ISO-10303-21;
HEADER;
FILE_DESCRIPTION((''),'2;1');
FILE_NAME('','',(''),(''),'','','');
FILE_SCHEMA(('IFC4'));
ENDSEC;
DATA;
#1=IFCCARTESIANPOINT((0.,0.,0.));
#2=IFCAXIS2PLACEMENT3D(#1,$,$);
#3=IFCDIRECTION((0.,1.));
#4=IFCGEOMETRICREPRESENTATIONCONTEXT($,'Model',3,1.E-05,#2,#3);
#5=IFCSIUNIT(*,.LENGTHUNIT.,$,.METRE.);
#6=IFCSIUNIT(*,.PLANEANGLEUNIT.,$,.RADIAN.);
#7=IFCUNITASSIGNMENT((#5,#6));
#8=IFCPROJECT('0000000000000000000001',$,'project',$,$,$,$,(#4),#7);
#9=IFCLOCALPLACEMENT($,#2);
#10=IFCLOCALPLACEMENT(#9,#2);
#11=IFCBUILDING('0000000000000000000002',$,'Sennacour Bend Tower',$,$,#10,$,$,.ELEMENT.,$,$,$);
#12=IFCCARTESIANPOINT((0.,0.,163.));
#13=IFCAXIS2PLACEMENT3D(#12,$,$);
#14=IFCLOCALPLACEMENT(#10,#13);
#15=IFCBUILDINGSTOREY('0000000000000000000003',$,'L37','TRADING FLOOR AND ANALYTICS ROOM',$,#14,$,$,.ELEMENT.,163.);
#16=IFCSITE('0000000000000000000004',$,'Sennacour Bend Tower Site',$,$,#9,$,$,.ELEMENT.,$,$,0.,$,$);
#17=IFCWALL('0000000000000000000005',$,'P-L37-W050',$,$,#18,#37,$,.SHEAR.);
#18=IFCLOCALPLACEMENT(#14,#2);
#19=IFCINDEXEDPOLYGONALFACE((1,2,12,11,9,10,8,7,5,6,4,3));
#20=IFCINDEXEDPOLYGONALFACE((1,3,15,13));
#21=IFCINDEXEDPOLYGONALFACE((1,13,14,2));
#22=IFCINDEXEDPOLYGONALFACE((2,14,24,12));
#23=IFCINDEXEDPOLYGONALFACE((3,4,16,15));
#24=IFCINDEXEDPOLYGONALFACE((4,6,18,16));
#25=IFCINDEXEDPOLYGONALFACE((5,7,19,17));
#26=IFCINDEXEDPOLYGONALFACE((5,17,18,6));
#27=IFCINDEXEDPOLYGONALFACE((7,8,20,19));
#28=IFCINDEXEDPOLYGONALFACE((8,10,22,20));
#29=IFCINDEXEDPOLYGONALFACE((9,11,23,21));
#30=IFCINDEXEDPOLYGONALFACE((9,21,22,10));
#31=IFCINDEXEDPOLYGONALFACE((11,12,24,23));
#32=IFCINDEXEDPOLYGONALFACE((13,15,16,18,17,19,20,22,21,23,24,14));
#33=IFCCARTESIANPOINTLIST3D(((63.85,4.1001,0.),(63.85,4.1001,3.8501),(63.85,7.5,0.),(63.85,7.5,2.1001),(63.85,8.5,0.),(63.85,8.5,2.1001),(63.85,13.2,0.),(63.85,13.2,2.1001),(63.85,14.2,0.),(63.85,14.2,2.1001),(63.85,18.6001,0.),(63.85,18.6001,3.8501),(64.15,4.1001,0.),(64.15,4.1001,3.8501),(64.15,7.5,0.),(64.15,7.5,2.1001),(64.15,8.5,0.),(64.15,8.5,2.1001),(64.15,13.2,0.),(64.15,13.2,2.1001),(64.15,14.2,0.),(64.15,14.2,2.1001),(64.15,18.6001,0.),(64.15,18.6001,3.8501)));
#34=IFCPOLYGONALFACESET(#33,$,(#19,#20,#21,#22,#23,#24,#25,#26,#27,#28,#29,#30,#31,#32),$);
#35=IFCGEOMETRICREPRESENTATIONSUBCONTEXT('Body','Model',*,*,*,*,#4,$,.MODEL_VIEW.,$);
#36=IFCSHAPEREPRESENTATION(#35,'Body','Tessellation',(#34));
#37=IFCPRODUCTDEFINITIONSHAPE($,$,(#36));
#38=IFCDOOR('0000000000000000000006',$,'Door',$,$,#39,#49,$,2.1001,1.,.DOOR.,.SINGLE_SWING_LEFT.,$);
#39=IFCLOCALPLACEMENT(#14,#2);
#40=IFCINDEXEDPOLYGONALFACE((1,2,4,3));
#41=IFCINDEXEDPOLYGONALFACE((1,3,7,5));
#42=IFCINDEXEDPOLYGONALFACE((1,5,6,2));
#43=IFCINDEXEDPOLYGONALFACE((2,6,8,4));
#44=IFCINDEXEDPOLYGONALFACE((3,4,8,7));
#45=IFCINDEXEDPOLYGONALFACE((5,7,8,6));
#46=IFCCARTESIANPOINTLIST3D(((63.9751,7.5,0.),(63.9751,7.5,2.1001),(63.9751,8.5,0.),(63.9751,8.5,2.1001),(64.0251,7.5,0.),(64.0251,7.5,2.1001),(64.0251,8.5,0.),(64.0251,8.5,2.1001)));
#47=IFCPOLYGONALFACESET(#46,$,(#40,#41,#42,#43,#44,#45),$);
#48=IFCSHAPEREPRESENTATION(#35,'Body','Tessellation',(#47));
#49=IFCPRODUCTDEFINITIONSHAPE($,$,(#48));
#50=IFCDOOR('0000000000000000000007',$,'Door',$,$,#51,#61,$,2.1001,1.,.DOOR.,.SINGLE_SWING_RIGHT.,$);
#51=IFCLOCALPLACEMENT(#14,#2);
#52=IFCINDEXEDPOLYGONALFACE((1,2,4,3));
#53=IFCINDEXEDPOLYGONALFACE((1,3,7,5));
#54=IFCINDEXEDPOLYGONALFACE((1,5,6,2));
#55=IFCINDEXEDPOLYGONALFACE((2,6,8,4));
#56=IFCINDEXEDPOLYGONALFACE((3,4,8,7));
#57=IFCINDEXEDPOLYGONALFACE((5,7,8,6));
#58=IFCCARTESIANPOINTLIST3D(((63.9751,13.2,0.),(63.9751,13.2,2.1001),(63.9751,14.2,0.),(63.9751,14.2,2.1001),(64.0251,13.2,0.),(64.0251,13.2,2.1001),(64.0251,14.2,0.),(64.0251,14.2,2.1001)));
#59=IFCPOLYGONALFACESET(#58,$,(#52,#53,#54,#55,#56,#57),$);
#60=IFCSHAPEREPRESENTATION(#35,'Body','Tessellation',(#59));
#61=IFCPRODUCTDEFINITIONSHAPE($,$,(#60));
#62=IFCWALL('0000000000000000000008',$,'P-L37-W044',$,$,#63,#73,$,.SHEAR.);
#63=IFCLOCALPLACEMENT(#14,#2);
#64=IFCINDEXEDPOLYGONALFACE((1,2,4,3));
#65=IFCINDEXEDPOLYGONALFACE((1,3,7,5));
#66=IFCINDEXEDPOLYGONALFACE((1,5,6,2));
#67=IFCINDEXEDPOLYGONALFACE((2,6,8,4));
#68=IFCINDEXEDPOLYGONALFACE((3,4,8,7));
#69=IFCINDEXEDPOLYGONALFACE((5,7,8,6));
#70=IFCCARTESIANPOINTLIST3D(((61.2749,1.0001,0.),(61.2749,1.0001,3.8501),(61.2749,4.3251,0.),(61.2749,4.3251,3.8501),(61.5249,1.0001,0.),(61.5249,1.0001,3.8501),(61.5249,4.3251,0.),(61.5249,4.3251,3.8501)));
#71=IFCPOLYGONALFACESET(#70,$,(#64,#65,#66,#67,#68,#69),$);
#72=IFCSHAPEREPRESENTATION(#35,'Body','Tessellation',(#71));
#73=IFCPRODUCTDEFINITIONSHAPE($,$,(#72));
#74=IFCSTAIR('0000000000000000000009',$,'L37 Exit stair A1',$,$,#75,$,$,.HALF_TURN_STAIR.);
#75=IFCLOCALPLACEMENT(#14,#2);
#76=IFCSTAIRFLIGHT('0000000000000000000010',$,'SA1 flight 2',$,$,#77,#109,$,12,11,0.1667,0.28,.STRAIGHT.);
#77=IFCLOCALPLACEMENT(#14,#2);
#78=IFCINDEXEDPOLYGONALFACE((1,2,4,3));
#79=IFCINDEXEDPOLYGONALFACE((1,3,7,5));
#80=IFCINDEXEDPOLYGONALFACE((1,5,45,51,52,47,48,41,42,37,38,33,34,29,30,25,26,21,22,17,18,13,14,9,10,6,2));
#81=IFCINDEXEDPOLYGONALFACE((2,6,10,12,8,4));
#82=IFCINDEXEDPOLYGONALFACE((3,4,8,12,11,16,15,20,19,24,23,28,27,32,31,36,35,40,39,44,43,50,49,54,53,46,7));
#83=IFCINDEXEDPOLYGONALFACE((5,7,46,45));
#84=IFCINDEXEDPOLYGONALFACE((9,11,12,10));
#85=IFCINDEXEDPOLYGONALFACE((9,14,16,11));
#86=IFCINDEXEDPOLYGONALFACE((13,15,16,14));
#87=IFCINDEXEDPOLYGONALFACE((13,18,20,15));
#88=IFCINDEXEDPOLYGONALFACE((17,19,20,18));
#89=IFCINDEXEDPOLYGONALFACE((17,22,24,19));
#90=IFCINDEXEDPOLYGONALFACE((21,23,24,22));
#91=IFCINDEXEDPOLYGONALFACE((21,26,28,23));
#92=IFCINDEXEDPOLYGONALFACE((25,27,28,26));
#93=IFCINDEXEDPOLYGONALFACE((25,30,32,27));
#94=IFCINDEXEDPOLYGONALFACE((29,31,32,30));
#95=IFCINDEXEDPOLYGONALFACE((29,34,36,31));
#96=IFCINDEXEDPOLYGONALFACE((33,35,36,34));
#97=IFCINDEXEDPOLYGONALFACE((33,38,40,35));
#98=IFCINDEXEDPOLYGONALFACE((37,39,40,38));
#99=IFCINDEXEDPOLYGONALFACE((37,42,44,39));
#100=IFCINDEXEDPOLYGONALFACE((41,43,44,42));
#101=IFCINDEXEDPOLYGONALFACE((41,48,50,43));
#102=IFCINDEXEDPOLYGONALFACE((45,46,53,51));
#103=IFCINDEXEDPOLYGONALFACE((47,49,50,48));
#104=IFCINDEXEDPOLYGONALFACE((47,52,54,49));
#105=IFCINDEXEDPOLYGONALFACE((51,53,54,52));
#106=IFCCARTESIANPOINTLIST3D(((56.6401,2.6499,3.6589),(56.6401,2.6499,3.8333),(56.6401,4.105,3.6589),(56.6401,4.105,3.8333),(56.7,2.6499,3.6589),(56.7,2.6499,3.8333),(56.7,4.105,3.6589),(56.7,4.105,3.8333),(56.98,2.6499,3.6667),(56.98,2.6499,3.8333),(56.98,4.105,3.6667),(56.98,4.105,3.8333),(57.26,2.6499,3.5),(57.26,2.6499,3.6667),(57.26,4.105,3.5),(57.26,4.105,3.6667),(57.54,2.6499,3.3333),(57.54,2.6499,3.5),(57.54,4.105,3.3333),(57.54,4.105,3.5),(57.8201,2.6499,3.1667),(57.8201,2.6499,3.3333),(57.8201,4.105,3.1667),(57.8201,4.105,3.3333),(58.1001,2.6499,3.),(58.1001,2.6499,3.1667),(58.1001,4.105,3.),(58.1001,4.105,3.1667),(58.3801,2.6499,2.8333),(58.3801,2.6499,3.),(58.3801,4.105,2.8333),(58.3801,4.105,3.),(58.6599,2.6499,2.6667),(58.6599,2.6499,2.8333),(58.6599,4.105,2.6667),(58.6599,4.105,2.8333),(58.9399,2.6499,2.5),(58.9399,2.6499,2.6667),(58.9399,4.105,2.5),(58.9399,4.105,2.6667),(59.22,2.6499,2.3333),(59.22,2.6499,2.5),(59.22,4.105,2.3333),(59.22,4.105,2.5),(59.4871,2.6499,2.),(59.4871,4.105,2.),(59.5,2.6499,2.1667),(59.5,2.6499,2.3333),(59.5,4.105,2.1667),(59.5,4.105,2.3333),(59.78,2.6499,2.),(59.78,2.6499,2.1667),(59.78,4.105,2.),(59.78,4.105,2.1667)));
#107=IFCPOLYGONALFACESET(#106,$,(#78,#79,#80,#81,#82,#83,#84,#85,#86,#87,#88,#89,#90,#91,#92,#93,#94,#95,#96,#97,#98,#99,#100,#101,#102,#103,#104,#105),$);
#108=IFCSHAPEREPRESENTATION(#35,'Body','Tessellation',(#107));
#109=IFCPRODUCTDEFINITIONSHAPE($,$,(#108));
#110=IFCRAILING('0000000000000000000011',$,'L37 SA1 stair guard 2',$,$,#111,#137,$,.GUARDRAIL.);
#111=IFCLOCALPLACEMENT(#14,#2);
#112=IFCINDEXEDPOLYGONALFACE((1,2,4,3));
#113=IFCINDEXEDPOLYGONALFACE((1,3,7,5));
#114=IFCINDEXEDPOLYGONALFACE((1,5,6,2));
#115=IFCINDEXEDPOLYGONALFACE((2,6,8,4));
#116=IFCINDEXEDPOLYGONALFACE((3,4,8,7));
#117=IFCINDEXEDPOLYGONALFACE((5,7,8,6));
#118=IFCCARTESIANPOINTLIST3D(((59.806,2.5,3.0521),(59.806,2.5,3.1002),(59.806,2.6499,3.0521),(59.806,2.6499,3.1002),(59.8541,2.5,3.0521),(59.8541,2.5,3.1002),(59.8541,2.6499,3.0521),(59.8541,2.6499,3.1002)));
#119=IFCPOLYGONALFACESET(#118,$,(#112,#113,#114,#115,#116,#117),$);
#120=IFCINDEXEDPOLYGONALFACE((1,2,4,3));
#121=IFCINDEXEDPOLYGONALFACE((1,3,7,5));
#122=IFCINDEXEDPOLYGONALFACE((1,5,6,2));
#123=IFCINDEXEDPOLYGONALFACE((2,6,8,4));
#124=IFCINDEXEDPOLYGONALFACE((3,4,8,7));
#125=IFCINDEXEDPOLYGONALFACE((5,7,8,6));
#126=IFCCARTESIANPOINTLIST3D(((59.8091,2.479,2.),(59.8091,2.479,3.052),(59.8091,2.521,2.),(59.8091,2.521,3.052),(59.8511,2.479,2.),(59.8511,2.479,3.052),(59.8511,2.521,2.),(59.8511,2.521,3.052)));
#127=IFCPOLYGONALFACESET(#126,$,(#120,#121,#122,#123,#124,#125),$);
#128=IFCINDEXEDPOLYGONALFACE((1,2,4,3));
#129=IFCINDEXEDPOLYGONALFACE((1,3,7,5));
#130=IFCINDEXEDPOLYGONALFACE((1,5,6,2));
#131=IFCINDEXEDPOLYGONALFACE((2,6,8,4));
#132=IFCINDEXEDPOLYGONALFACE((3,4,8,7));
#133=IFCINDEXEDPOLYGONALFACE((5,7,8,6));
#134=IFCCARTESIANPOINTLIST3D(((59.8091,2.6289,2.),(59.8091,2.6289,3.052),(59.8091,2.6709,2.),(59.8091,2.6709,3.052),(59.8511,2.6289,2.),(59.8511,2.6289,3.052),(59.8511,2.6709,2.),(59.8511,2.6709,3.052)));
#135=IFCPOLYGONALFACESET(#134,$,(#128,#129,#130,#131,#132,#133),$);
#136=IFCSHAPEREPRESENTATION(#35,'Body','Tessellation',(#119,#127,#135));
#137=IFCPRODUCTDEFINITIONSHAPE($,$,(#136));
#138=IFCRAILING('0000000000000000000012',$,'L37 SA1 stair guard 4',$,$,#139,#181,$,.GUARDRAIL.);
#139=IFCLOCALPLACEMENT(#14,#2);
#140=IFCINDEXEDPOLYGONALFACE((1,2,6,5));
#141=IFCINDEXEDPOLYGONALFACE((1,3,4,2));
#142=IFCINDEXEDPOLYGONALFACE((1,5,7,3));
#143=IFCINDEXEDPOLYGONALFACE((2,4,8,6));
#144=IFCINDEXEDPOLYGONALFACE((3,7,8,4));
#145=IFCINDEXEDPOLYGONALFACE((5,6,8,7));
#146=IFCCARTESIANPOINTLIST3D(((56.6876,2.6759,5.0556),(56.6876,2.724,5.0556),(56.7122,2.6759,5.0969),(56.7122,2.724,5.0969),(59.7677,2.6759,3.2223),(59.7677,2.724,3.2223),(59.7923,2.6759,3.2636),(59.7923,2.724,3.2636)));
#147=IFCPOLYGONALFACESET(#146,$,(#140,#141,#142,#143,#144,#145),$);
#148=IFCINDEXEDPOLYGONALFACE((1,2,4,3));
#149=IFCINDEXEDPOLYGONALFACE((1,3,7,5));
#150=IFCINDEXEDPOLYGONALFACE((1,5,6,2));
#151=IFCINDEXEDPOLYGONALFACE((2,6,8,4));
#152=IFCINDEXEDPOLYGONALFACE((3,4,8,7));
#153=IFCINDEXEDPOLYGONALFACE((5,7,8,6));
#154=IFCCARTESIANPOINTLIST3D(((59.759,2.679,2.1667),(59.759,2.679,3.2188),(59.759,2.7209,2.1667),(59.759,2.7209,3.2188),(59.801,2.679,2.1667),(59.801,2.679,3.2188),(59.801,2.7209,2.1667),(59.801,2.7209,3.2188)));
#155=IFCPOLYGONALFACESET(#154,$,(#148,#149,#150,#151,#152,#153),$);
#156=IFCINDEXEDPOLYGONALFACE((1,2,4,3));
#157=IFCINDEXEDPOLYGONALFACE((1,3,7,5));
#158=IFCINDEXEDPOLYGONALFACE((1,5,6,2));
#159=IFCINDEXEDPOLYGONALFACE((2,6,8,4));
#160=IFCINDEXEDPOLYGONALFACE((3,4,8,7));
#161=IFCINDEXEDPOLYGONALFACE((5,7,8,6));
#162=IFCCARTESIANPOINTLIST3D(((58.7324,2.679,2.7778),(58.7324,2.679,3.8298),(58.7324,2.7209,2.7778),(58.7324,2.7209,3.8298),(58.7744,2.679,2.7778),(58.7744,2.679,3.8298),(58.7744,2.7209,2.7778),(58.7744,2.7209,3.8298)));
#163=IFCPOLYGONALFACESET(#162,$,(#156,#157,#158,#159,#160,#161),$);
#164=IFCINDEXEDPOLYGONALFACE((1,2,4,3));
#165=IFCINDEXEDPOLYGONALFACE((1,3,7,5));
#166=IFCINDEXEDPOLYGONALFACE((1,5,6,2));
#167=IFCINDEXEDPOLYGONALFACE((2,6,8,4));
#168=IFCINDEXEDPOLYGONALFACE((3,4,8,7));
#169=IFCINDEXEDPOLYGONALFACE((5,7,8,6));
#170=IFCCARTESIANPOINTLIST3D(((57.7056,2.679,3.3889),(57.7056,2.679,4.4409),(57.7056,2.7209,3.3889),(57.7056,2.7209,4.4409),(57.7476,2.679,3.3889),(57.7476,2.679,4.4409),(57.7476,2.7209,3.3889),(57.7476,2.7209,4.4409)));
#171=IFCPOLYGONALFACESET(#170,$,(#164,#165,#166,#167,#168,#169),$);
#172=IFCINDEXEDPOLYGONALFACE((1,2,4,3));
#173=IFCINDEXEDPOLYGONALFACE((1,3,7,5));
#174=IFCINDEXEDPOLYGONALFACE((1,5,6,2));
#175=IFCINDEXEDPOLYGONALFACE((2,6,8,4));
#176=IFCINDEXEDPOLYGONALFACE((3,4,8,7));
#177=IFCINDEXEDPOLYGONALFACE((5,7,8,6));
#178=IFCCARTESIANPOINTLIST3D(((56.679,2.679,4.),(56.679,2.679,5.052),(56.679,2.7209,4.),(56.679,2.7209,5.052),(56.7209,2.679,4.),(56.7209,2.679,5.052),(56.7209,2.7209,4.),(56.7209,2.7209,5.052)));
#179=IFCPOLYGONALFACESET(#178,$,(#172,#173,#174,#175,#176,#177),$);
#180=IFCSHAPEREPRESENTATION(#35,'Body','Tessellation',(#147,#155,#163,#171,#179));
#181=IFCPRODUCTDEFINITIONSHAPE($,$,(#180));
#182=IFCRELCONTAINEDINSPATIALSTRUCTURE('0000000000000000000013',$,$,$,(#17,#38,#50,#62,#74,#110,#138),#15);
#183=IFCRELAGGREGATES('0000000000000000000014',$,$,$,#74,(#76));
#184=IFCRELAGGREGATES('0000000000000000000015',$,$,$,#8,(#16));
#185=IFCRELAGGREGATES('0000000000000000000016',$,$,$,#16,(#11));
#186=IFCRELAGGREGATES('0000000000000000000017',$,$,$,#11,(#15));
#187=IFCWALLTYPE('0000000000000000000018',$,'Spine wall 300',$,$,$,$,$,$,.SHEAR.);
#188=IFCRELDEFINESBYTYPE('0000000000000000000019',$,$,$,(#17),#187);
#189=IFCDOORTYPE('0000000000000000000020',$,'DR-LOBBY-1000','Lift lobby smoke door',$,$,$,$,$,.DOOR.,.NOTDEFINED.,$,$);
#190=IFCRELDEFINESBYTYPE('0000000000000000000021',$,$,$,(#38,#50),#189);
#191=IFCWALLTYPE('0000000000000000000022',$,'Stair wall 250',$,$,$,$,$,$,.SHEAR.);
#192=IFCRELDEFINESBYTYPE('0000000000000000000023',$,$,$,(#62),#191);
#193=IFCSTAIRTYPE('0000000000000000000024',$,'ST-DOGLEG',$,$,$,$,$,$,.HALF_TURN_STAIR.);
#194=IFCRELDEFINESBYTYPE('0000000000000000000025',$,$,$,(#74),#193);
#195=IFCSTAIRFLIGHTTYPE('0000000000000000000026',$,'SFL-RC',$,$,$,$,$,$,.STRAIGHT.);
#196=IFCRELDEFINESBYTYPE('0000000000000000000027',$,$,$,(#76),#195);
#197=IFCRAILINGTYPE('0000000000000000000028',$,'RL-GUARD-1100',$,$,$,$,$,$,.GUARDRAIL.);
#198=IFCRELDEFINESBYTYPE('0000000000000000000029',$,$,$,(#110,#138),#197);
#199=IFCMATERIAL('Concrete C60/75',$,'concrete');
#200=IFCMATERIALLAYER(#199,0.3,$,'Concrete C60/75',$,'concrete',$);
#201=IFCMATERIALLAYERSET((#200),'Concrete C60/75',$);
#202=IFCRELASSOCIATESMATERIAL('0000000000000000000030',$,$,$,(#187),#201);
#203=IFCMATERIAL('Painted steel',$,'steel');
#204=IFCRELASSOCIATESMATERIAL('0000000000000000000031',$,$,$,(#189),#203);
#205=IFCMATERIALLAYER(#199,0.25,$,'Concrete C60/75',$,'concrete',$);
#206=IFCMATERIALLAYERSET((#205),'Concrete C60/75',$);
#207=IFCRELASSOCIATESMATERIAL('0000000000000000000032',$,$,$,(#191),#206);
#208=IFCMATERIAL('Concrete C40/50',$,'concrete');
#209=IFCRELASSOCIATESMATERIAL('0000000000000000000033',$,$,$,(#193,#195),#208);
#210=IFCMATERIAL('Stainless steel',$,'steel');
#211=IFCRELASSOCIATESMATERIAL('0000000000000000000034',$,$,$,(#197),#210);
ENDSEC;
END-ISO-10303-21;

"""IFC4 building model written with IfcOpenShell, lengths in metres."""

from ifc_helpers import new_model, si_unit, direction, frame, frame_2d, origin, origin_2d, place, context, subcontext, project, spatial, polyline, rectangle, outline, extrude, material, layer, layer_set, type_object, element, fill, aggregate, save


model = new_model("IFC4")

# Units and contexts
model_context = context("Model", 3, precision=1e-05, world=origin(), true_north=direction((0.0, 1.0)))
body_context = subcontext(model_context, "Body", "Model", "MODEL_VIEW")
ifc_project = project(units=[si_unit("LENGTHUNIT", "METRE"), si_unit("PLANEANGLEUNIT", "RADIAN")], contexts=[model_context])

# Site, building, storey
site_placement = place(None, origin())
site = spatial("IfcSite", under=ifc_project, at=site_placement, Name="Sennacour Bend Tower Site", CompositionType="ELEMENT", RefElevation=0.0)
building_placement = place(site_placement, origin())
building = spatial("IfcBuilding", under=site, at=building_placement, Name="Sennacour Bend Tower", CompositionType="ELEMENT")
storey_placement = place(building_placement, frame((0.0, 0.0, 163.0)))
storey = spatial("IfcBuildingStorey", under=building, at=storey_placement, Name="L37", Description="TRADING FLOOR AND ANALYTICS ROOM", CompositionType="ELEMENT", Elevation=163.0)

# Shared definitions
ifc_material_1 = material(Name="Concrete C60/75", Category="concrete")

# Shared definitions
ifc_material_2 = material(Name="Painted steel", Category="steel")

# Shared definitions
ifc_material_3 = material(Name="Stainless steel", Category="steel")

# Wall, openings, doors
ifc_layer_1 = layer(ifc_material_1, 0.3, Name="Concrete C60/75", Category="concrete")
ifc_layer_set_1 = layer_set([ifc_layer_1], Name="Concrete C60/75")
wall_type_1 = type_object("IfcWallType", Name="Spine wall 300", PredefinedType="SHEAR", material=ifc_layer_set_1)
wall_1_placement = place(storey_placement, frame((64.0, 4.1001, 0.0), z_axis=(0.0, 0.0, 1.0), x_axis=(0.0, 1.0, 0.0)))
wall_1 = element("IfcWall", 1, at=wall_1_placement, inside=storey, type_object=wall_type_1, Name="P-L37-W050", PredefinedType="SHEAR", context=body_context, shape_type="SweptSolid", body=[
    extrude(rectangle(XDim=14.5, YDim=0.3, at=frame_2d((7.25, 0.0))), origin(), (0.0, 0.0, 1.0), 3.8501),
])
opening_1_placement = place(wall_1_placement, frame((3.3999, 0.0, 0.0)))
opening_1 = element("IfcOpeningElement", 2, at=opening_1_placement, cuts=wall_1, PredefinedType="OPENING", context=body_context, shape_type="SweptSolid", body=[
    extrude(rectangle(XDim=1.0, YDim=2.1001, at=frame_2d((0.5, 1.05))), frame((0.0, 0.1602, 0.0), z_axis=(0.0, -1.0, 0.0), x_axis=(1.0, 0.0, 0.0)), (0.0, 0.0, 1.0), 0.3201),
])
opening_2_placement = place(wall_1_placement, frame((9.0999, 0.0, 0.0)))
opening_2 = element("IfcOpeningElement", 3, at=opening_2_placement, cuts=wall_1, PredefinedType="OPENING", context=body_context, shape_type="SweptSolid", body=[
    extrude(rectangle(XDim=1.0, YDim=2.1001, at=frame_2d((0.5, 1.05))), frame((0.0, 0.1602, 0.0), z_axis=(0.0, -1.0, 0.0), x_axis=(1.0, 0.0, 0.0)), (0.0, 0.0, 1.0), 0.3201),
])
door_type_1 = type_object("IfcDoorType", Name="DR-LOBBY-1000", Description="Lift lobby smoke door", OperationType="NOTDEFINED", PredefinedType="DOOR", material=ifc_material_2)
door_1_placement = place(opening_1_placement, origin())
door_1 = element("IfcDoor", 4, at=door_1_placement, inside=storey, type_object=door_type_1, Name="Door", OperationType="SINGLE_SWING_LEFT", OverallHeight=2.1001, OverallWidth=1.0, PredefinedType="DOOR", context=body_context, shape_type="SweptSolid", body=[
    extrude(rectangle(XDim=1.0, YDim=2.1001, at=frame_2d((0.5, 1.05))), frame((0.0, 0.0249, 0.0), z_axis=(0.0, -1.0, 0.0), x_axis=(1.0, 0.0, 0.0)), (0.0, 0.0, 1.0), 0.05),
])
fill(opening_1, door_1)
door_2_placement = place(opening_2_placement, origin())
door_2 = element("IfcDoor", 5, at=door_2_placement, inside=storey, type_object=door_type_1, Name="Door", OperationType="SINGLE_SWING_RIGHT", OverallHeight=2.1001, OverallWidth=1.0, PredefinedType="DOOR", context=body_context, shape_type="SweptSolid", body=[
    extrude(rectangle(XDim=1.0, YDim=2.1001, at=frame_2d((0.5, 1.05))), frame((0.0, 0.0249, 0.0), z_axis=(0.0, -1.0, 0.0), x_axis=(1.0, 0.0, 0.0)), (0.0, 0.0, 1.0), 0.05),
])
fill(opening_2, door_2)

# Wall
ifc_layer_2 = layer(ifc_material_1, 0.25, Name="Concrete C60/75", Category="concrete")
ifc_layer_set_2 = layer_set([ifc_layer_2], Name="Concrete C60/75")
wall_type_2 = type_object("IfcWallType", Name="Stair wall 250", PredefinedType="SHEAR", material=ifc_layer_set_2)
wall_2_placement = place(storey_placement, frame((61.3999, 1.0, 0.0), z_axis=(0.0, 0.0, 1.0), x_axis=(0.0, 1.0, 0.0)))
element("IfcWall", 6, at=wall_2_placement, inside=storey, type_object=wall_type_2, Name="P-L37-W044", PredefinedType="SHEAR", context=body_context, shape_type="SweptSolid", body=[
    extrude(rectangle(XDim=3.325, YDim=0.25, at=frame_2d((1.6626, 0.0))), origin(), (0.0, 0.0, 1.0), 3.8501),
])

# Stair, stair flight
ifc_material_4 = material(Name="Concrete C40/50", Category="concrete")
stair_type = type_object("IfcStairType", Name="ST-DOGLEG", PredefinedType="HALF_TURN_STAIR", material=ifc_material_4)
stair_placement = place(storey_placement, origin())
stair = element("IfcStair", 7, at=stair_placement, inside=storey, type_object=stair_type, Name="L37 Exit stair A1", PredefinedType="HALF_TURN_STAIR")
stair_flight_type = type_object("IfcStairFlightType", Name="SFL-RC", PredefinedType="STRAIGHT", material=ifc_material_4)
stair_flight_placement = place(storey_placement, frame((59.78, 3.3774, 2.0), z_axis=(0.0, 0.0, 1.0), x_axis=(-1.0, 0.0, 0.0)))
stair_flight = element("IfcStairFlight", 8, at=stair_flight_placement, type_object=stair_flight_type, Name="SA1 flight 2", NumberOfRisers=12, NumberOfTreads=11, PredefinedType="STRAIGHT", RiserHeight=0.1667, TreadLength=0.28, context=body_context, shape_type="SweptSolid", body=[
    extrude(outline(polyline([(0.0, 0.0), (0.0, 0.1667), (0.28, 0.1667), (0.28, 0.3333), (0.5601, 0.3333), (0.5601, 0.5), (0.8401, 0.5), (0.8401, 0.6667), (1.1201, 0.6667), (1.1201, 0.8333), (1.3999, 0.8333), (1.3999, 1.0), (1.6799, 1.0), (1.6799, 1.1667), (1.96, 1.1667), (1.96, 1.3333), (2.24, 1.3333), (2.24, 1.5), (2.52, 1.5), (2.52, 1.6667), (2.8, 1.6667), (2.8, 1.8333), (3.0801, 1.8333), (3.1399, 1.8333), (3.1399, 1.6589), (3.0801, 1.6589), (0.293, 0.0), (0.0, 0.0)])), frame((0.0, 0.7275, 0.0), z_axis=(0.0, -1.0, 0.0), x_axis=(1.0, 0.0, 0.0)), (0.0, 0.0, 1.0), 1.4551),
])
aggregate(stair, [stair_flight])

# Railings
railing_type_1 = type_object("IfcRailingType", Name="RL-GUARD-1100", PredefinedType="GUARDRAIL", material=ifc_material_3)
railing_1_placement = place(storey_placement, frame((59.8301, 2.5, 2.0)))
element("IfcRailing", 9, at=railing_1_placement, inside=storey, type_object=railing_type_1, Name="L37 SA1 stair guard 2", PredefinedType="GUARDRAIL", context=body_context, shape_type="SweptSolid", body=[
    extrude(rectangle(XDim=0.0481, YDim=0.0481, at=origin_2d()), frame((0.0, 0.0, 1.0762), z_axis=(0.0, 1.0, 0.0), x_axis=(-1.0, 0.0, 0.0)), (0.0, 0.0, 1.0), 0.1499),
    extrude(rectangle(XDim=0.042, YDim=0.042, at=origin_2d()), origin(), (0.0, 0.0, 1.0), 1.052),
    extrude(rectangle(XDim=0.042, YDim=0.042, at=origin_2d()), frame((0.0, 0.1499, 0.0)), (0.0, 0.0, 1.0), 1.052),
])
railing_2_placement = place(storey_placement, frame((59.78, 2.7, 2.1667)))
element("IfcRailing", 10, at=railing_2_placement, inside=storey, type_object=railing_type_1, Name="L37 SA1 stair guard 4", PredefinedType="GUARDRAIL", context=body_context, shape_type="SweptSolid", body=[
    extrude(rectangle(XDim=0.0481, YDim=0.0481, at=origin_2d()), frame((0.0, 0.0, 1.0762), z_axis=(-0.859309, 0.0, 0.511458), x_axis=(0.0, -1.0, 0.0)), (0.0, 0.0, 1.0), 3.5845),
    extrude(rectangle(XDim=0.042, YDim=0.042, at=origin_2d()), origin(), (0.0, 0.0, 1.0), 1.052),
    extrude(rectangle(XDim=0.042, YDim=0.042, at=origin_2d()), frame((-1.0266, 0.0, 0.6111)), (0.0, 0.0, 1.0), 1.052),
    extrude(rectangle(XDim=0.042, YDim=0.042, at=origin_2d()), frame((-2.0535, 0.0, 1.2222)), (0.0, 0.0, 1.0), 1.052),
    extrude(rectangle(XDim=0.042, YDim=0.042, at=origin_2d()), frame((-3.0801, 0.0, 1.8333)), (0.0, 0.0, 1.0), 1.052),
])

save(model, "model.ifc")
